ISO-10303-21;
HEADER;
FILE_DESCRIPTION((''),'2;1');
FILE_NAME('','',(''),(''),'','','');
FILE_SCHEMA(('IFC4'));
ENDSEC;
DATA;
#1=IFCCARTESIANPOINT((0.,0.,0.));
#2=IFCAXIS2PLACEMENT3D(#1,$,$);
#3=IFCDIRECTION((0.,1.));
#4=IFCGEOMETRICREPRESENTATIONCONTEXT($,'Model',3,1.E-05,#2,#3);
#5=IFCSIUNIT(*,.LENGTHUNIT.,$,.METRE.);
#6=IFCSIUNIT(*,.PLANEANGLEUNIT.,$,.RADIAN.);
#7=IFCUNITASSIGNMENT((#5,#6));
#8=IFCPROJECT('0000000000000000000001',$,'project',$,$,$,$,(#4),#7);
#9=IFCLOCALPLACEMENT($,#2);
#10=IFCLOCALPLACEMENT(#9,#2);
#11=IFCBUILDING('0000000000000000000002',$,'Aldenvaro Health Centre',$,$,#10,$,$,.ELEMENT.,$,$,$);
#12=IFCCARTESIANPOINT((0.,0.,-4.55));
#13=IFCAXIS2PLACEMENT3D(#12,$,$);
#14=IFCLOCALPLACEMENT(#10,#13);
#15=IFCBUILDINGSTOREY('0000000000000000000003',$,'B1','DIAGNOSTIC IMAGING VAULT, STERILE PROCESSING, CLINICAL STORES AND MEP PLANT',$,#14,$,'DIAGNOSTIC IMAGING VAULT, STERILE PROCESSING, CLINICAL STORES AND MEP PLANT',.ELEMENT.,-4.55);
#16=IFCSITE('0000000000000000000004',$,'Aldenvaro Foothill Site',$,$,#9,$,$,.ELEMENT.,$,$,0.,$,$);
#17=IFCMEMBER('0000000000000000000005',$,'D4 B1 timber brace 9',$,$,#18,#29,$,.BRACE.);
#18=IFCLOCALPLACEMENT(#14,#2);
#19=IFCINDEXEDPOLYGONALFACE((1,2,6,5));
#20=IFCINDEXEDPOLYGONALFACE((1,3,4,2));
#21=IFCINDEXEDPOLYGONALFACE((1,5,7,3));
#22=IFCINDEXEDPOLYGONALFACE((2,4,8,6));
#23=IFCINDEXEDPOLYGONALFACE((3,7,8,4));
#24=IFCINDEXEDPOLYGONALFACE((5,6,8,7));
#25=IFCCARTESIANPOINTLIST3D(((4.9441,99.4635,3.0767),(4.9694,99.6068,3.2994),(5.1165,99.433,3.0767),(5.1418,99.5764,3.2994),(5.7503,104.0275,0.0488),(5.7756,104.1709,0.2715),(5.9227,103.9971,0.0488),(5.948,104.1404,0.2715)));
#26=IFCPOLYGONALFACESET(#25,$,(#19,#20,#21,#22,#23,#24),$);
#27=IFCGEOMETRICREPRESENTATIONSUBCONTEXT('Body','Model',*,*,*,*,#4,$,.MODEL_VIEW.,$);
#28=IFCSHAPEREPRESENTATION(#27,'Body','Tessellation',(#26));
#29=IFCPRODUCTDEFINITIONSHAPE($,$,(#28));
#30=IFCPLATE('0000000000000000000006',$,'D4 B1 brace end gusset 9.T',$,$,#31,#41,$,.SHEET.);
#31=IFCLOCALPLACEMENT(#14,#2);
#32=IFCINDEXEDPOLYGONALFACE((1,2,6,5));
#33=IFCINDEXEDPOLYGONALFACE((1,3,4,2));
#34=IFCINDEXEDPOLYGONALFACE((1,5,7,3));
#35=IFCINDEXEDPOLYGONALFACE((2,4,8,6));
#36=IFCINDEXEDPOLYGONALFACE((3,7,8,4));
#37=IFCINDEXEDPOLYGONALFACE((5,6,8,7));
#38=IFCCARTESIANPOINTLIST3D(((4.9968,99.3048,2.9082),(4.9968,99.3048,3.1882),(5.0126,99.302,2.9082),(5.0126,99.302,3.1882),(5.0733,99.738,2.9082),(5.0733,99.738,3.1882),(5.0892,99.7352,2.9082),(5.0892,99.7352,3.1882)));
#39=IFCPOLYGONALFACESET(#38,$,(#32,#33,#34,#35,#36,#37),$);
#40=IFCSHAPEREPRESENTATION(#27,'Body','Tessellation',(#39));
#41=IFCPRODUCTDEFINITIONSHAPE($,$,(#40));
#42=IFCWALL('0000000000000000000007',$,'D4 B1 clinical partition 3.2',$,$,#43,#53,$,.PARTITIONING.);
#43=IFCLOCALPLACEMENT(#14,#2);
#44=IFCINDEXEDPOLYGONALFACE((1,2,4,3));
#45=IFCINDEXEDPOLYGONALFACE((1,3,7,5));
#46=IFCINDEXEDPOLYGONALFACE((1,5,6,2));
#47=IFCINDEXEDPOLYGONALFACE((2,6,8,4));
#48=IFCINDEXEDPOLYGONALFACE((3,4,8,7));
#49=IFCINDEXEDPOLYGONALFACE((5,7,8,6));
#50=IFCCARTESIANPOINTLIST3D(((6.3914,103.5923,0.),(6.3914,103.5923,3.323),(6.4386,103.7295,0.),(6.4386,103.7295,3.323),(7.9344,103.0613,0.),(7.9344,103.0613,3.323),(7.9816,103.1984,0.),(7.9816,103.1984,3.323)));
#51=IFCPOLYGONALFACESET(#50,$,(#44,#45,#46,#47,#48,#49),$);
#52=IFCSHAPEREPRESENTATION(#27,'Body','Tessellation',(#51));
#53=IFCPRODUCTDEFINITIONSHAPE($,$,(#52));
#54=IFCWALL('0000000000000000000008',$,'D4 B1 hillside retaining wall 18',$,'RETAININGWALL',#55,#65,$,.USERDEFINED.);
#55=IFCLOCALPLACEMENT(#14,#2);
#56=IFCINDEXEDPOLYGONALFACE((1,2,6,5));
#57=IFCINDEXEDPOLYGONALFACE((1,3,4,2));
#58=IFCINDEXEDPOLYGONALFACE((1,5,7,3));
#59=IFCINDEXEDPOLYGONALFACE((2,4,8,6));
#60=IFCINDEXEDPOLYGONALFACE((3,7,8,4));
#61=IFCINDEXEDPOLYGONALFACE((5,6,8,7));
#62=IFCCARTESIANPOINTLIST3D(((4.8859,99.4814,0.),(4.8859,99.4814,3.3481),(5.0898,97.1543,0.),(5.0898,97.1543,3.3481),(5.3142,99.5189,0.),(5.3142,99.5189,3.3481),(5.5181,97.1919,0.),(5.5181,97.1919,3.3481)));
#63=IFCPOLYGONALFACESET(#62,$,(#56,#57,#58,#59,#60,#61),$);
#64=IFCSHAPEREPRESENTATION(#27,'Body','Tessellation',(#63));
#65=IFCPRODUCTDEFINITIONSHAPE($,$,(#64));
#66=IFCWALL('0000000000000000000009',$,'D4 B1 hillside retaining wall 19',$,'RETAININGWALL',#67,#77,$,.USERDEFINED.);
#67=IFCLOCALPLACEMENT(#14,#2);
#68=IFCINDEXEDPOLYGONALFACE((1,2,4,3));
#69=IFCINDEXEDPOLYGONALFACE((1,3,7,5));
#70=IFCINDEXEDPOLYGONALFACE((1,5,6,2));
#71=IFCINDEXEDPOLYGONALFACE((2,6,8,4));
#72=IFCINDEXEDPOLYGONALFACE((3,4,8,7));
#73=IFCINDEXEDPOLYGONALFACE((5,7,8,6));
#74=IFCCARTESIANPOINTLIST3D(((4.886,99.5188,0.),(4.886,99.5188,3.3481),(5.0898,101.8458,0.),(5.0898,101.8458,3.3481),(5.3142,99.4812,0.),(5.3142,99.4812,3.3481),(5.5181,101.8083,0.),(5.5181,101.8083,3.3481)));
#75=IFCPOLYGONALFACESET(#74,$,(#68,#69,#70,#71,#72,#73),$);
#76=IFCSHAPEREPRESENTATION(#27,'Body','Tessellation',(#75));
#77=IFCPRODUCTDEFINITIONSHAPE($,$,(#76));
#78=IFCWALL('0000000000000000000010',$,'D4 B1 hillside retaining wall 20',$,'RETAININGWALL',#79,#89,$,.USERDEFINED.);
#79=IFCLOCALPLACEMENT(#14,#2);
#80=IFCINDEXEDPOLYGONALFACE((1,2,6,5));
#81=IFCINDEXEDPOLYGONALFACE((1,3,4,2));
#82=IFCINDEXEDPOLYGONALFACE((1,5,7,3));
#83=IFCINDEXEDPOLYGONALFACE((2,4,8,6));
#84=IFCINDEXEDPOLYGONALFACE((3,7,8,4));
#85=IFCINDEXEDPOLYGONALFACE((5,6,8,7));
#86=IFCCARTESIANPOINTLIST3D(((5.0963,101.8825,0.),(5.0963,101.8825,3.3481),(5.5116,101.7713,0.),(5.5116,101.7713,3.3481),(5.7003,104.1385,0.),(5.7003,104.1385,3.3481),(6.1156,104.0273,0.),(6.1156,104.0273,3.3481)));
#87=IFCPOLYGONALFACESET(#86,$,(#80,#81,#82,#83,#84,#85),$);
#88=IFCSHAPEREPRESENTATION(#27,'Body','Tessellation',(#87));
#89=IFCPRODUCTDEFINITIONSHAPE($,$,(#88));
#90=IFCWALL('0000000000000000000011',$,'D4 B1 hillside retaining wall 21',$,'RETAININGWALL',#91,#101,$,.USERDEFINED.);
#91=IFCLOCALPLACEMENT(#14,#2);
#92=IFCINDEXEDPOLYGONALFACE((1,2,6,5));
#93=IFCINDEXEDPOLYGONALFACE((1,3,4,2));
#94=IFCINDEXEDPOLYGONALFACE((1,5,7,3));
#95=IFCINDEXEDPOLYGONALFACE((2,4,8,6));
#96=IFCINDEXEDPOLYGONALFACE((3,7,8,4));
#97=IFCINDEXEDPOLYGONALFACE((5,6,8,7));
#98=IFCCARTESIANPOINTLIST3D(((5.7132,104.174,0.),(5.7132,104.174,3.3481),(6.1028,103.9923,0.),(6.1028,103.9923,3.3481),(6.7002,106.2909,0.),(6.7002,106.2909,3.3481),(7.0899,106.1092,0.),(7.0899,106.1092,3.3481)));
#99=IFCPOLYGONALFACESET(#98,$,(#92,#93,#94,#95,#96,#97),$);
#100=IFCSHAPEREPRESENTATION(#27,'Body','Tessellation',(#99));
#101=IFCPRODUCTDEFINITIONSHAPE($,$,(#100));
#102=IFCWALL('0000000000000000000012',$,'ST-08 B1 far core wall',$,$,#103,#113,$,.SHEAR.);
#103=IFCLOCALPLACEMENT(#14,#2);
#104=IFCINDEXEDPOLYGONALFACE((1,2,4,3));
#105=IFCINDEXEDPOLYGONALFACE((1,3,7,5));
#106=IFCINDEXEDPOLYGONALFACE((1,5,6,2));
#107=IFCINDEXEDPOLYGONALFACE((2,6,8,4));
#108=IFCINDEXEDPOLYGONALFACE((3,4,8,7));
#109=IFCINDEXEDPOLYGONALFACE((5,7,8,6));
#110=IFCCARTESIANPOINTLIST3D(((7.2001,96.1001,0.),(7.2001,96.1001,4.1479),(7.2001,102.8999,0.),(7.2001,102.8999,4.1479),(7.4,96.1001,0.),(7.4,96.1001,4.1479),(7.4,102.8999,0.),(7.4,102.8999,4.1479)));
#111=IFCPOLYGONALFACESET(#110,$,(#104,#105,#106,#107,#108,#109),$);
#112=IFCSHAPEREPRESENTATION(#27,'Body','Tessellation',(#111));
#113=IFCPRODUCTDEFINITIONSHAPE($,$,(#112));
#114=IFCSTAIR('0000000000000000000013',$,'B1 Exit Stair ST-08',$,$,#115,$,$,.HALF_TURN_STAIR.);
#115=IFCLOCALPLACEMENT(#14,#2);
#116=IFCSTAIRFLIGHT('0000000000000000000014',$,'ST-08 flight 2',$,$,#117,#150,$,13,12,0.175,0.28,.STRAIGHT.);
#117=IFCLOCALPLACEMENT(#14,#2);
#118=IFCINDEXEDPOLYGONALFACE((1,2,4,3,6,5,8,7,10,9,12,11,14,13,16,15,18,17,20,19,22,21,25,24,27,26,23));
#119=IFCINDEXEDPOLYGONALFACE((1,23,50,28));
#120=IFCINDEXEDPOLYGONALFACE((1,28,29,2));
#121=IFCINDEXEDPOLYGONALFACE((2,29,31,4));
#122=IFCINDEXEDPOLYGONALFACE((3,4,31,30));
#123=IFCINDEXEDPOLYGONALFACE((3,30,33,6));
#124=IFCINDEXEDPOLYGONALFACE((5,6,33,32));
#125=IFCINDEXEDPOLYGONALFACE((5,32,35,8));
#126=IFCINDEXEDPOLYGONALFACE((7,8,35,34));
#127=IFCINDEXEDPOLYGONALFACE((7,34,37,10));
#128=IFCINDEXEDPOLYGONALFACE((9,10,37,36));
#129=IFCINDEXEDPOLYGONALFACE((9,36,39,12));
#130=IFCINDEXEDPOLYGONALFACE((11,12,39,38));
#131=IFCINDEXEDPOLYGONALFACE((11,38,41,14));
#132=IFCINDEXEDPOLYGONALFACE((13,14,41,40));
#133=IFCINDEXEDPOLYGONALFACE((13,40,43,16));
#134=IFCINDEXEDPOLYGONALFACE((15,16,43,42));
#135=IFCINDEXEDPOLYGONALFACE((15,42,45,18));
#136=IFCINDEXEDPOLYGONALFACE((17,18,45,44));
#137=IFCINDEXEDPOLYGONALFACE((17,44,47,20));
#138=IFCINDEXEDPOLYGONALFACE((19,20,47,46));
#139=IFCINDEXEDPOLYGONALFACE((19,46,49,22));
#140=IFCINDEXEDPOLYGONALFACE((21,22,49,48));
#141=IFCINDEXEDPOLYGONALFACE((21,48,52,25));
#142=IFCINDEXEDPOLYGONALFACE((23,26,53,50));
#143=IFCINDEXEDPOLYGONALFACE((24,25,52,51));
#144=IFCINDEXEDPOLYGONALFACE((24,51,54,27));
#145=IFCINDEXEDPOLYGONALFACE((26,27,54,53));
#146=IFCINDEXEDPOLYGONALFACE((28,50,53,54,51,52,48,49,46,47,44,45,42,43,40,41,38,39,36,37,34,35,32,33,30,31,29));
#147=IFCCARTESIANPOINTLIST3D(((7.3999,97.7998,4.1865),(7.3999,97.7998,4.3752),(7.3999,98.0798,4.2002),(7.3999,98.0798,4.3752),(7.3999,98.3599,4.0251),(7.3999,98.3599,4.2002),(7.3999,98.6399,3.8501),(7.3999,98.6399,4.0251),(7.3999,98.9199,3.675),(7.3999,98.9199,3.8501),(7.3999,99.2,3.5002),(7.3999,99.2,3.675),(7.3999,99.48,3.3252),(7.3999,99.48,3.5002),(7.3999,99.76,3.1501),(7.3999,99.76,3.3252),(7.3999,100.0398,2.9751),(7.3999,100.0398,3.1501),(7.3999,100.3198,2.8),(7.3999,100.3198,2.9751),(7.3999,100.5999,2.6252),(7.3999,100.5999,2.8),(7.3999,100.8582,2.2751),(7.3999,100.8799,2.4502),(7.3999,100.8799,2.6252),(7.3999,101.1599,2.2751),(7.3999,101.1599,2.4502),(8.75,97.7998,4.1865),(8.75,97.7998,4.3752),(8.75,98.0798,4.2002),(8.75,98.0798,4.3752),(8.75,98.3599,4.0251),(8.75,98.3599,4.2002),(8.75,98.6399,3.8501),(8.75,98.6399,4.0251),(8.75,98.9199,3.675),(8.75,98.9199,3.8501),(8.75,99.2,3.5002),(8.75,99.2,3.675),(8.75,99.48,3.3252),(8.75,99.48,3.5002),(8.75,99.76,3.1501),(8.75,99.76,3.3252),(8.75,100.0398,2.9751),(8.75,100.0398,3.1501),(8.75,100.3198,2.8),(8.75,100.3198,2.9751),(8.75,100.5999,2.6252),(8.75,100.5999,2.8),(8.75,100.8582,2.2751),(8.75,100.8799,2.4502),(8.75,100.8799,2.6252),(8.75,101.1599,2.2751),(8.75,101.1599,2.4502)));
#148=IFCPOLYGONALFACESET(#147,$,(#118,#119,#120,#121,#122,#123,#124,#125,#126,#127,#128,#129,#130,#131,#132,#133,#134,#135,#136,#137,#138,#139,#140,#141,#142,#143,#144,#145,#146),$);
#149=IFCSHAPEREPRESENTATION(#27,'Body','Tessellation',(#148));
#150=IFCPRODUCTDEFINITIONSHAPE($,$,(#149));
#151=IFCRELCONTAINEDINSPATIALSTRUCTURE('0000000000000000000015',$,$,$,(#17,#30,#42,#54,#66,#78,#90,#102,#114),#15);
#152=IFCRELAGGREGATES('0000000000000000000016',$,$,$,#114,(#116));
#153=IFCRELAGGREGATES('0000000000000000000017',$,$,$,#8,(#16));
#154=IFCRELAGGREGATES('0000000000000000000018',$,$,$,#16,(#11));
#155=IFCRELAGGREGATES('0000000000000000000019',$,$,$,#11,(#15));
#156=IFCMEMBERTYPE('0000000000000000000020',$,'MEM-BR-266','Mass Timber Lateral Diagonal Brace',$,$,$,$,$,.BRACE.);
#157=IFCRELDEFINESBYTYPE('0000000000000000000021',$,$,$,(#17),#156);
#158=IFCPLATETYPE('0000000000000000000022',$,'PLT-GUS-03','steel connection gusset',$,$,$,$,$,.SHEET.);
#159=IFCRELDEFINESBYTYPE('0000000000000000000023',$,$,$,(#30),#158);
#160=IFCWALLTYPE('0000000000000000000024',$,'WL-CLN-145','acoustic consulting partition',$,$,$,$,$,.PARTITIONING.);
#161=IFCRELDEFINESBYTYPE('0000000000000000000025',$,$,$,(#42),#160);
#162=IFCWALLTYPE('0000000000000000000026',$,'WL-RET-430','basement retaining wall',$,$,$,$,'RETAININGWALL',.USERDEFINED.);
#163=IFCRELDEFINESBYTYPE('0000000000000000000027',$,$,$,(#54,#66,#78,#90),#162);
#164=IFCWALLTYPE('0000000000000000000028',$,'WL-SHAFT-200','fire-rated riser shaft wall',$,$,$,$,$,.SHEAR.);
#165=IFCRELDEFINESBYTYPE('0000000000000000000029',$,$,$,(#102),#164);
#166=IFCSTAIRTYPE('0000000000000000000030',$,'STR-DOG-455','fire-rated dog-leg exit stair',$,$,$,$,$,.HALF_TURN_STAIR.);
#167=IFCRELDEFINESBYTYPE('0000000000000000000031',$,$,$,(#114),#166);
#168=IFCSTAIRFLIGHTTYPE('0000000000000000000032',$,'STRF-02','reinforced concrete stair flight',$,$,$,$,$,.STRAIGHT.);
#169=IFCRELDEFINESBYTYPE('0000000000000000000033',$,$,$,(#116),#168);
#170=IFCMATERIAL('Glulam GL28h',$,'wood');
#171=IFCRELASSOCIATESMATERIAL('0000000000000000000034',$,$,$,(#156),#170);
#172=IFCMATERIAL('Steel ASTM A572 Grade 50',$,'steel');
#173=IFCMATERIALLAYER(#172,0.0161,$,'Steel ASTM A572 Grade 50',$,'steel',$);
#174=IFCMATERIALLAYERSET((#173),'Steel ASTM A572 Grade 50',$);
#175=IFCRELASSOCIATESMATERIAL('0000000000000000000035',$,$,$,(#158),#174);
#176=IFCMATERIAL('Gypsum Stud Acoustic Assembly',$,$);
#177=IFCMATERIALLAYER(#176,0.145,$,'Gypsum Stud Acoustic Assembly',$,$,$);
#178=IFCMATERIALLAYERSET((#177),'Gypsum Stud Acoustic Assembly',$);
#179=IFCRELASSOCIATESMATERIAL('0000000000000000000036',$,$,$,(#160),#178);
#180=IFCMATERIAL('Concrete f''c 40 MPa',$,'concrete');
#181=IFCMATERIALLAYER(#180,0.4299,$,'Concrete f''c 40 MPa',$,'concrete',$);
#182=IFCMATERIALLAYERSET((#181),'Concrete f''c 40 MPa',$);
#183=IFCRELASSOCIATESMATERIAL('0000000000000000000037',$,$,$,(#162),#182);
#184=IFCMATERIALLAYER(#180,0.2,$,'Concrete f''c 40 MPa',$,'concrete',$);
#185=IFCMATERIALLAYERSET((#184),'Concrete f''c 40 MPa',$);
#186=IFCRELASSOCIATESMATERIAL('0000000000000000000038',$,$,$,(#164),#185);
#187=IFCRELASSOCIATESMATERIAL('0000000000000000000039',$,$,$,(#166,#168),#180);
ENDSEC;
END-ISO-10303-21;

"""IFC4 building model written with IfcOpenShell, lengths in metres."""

from ifc_helpers import new_model, si_unit, direction, frame, frame_2d, origin, origin_2d, place, context, subcontext, project, spatial, polyline, rectangle, outline, extrude, material, layer, layer_set, material_profile, profile_set, type_object, element, aggregate, save


model = new_model("IFC4")

# Units and contexts
model_context = context("Model", 3, precision=1e-05, world=origin(), true_north=direction((0.0, 1.0)))
body_context = subcontext(model_context, "Body", "Model", "MODEL_VIEW")
ifc_project = project(units=[si_unit("LENGTHUNIT", "METRE"), si_unit("PLANEANGLEUNIT", "RADIAN")], contexts=[model_context])

# Site, building, storey
site_placement = place(None, origin())
site = spatial("IfcSite", under=ifc_project, at=site_placement, Name="Aldenvaro Foothill Site", CompositionType="ELEMENT", RefElevation=0.0)
building_placement = place(site_placement, origin())
building = spatial("IfcBuilding", under=site, at=building_placement, Name="Aldenvaro Health Centre", CompositionType="ELEMENT")
storey_placement = place(building_placement, frame((0.0, 0.0, -4.55)))
storey = spatial("IfcBuildingStorey", under=building, at=storey_placement, Name="B1", Description="DIAGNOSTIC IMAGING VAULT, STERILE PROCESSING, CLINICAL STORES AND MEP PLANT", LongName="DIAGNOSTIC IMAGING VAULT, STERILE PROCESSING, CLINICAL STORES AND MEP PLANT", CompositionType="ELEMENT", Elevation=-4.55)

# Shared definitions
ifc_material_1 = material(Name="Concrete f'c 40 MPa", Category="concrete")

# Member
ifc_material_2 = material(Name="Glulam GL28h", Category="wood")
ifc_material_profile_1 = material_profile(ifc_material_2, rectangle(XDim=0.175, YDim=0.2661, at=origin_2d()), Name="GL 175x266", Category="wood")
ifc_profile_set_1 = profile_set([ifc_material_profile_1], Name="Glulam GL28h")
member_type = type_object("IfcMemberType", Name="MEM-BR-266", Description="Mass Timber Lateral Diagonal Brace", PredefinedType="BRACE", material=ifc_profile_set_1)
member_placement = place(storey_placement, frame((5.8491, 104.084, 0.1602), z_axis=(-0.14562, -0.824414, 0.546934), x_axis=(0.984756, -0.173942, 0.0)))
element("IfcMember", 1, at=member_placement, inside=storey, type_object=member_type, Name="D4 B1 timber brace 9", PredefinedType="BRACE", context=body_context, shape_type="SweptSolid", body=[
    extrude(rectangle(XDim=0.175, YDim=0.2661, at=origin_2d()), origin(), (0.0, 0.0, 1.0), 5.5361),
])

# Plate
ifc_material_3 = material(Name="Steel ASTM A572 Grade 50", Category="steel")
ifc_layer_1 = layer(ifc_material_3, 0.0161, Name="Steel ASTM A572 Grade 50", Category="steel")
ifc_layer_set_1 = layer_set([ifc_layer_1], Name="Steel ASTM A572 Grade 50")
plate_type = type_object("IfcPlateType", Name="PLT-GUS-03", Description="steel connection gusset", PredefinedType="SHEET", material=ifc_layer_set_1)
plate_placement = place(storey_placement, frame((5.043, 99.52, 2.9082), z_axis=(0.0, 0.0, 1.0), x_axis=(-0.173906, -0.984762, 0.0)))
element("IfcPlate", 2, at=plate_placement, inside=storey, type_object=plate_type, Name="D4 B1 brace end gusset 9.T", PredefinedType="SHEET", context=body_context, shape_type="SweptSolid", body=[
    extrude(rectangle(XDim=0.4399, YDim=0.0161, at=origin_2d()), origin(), (0.0, 0.0, 1.0), 0.28),
])

# Walls
ifc_material_4 = material(Name="Gypsum Stud Acoustic Assembly")
ifc_layer_2 = layer(ifc_material_4, 0.145, Name="Gypsum Stud Acoustic Assembly")
ifc_layer_set_2 = layer_set([ifc_layer_2], Name="Gypsum Stud Acoustic Assembly")
wall_type_1 = type_object("IfcWallType", Name="WL-CLN-145", Description="acoustic consulting partition", PredefinedType="PARTITIONING", material=ifc_layer_set_2)
wall_1_placement = place(storey_placement, frame((7.958, 103.1299, 0.0), z_axis=(0.0, 0.0, 1.0), x_axis=(-0.945572, 0.325414, 0.0)))
element("IfcWall", 3, at=wall_1_placement, inside=storey, type_object=wall_type_1, Name="D4 B1 clinical partition 3.2", PredefinedType="PARTITIONING", context=body_context, shape_type="SweptSolid", body=[
    extrude(rectangle(XDim=1.6318, YDim=0.145, at=frame_2d((0.8159, 0.0))), origin(), (0.0, 0.0, 1.0), 3.323),
])
ifc_layer_3 = layer(ifc_material_1, 0.4299, Name="Concrete f'c 40 MPa", Category="concrete")
ifc_layer_set_3 = layer_set([ifc_layer_3], Name="Concrete f'c 40 MPa")
wall_type_2 = type_object("IfcWallType", Name="WL-RET-430", Description="basement retaining wall", ElementType="RETAININGWALL", PredefinedType="USERDEFINED", material=ifc_layer_set_3)
for number, where, z_axis, x_axis, name in (
    (4, (5.304, 97.1731, 0.0), (0.0, 0.0, 1.0), (-0.087275, 0.996184, 0.0), "D4 B1 hillside retaining wall 18"),
    (5, (5.1001, 99.5, 0.0), (0.0, 0.0, 1.0), (0.087275, 0.996184, 0.0), "D4 B1 hillside retaining wall 19"),
):
    element("IfcWall", number, at=place(storey_placement, frame(where, z_axis=z_axis, x_axis=x_axis)), inside=storey, type_object=wall_type_2, Name=name, ObjectType="RETAININGWALL", PredefinedType="USERDEFINED", context=body_context, shape_type="SweptSolid", body=[
        extrude(rectangle(XDim=2.3359, YDim=0.4299, at=frame_2d((1.168, 0.0))), origin(), (0.0, 0.0, 1.0), 3.3481),
    ])
wall_2_placement = place(storey_placement, frame((5.304, 101.8269, 0.0), z_axis=(0.0, 0.0, 1.0), x_axis=(0.258612, 0.965981, 0.0)))
element("IfcWall", 6, at=wall_2_placement, inside=storey, type_object=wall_type_2, Name="D4 B1 hillside retaining wall 20", ObjectType="RETAININGWALL", PredefinedType="USERDEFINED", context=body_context, shape_type="SweptSolid", body=[
    extrude(rectangle(XDim=2.3354, YDim=0.4299, at=frame_2d((1.1677, 0.0))), origin(), (0.0, 0.0, 1.0), 3.3481),
])
wall_3_placement = place(storey_placement, frame((5.908, 104.083, 0.0), z_axis=(0.0, 0.0, 1.0), x_axis=(0.422588, 0.906322, 0.0)))
element("IfcWall", 7, at=wall_3_placement, inside=storey, type_object=wall_type_2, Name="D4 B1 hillside retaining wall 21", ObjectType="RETAININGWALL", PredefinedType="USERDEFINED", context=body_context, shape_type="SweptSolid", body=[
    extrude(rectangle(XDim=2.3357, YDim=0.4299, at=frame_2d((1.168, 0.0))), origin(), (0.0, 0.0, 1.0), 3.3481),
])
ifc_layer_4 = layer(ifc_material_1, 0.2, Name="Concrete f'c 40 MPa", Category="concrete")
ifc_layer_set_4 = layer_set([ifc_layer_4], Name="Concrete f'c 40 MPa")
wall_type_3 = type_object("IfcWallType", Name="WL-SHAFT-200", Description="fire-rated riser shaft wall", PredefinedType="SHEAR", material=ifc_layer_set_4)
wall_4_placement = place(storey_placement, frame((7.3, 96.1001, 0.0), z_axis=(0.0, 0.0, 1.0), x_axis=(0.0, 1.0, 0.0)))
element("IfcWall", 8, at=wall_4_placement, inside=storey, type_object=wall_type_3, Name="ST-08 B1 far core wall", PredefinedType="SHEAR", context=body_context, shape_type="SweptSolid", body=[
    extrude(rectangle(XDim=6.7998, YDim=0.2, at=frame_2d((3.3999, 0.0))), origin(), (0.0, 0.0, 1.0), 4.1479),
])

# Stair, stair flight
stair_type = type_object("IfcStairType", Name="STR-DOG-455", Description="fire-rated dog-leg exit stair", PredefinedType="HALF_TURN_STAIR", material=ifc_material_1)
stair_placement = place(storey_placement, origin())
stair = element("IfcStair", 9, at=stair_placement, inside=storey, type_object=stair_type, Name="B1 Exit Stair ST-08", PredefinedType="HALF_TURN_STAIR")
stair_flight_type = type_object("IfcStairFlightType", Name="STRF-02", Description="reinforced concrete stair flight", PredefinedType="STRAIGHT", material=ifc_material_1)
stair_flight_placement = place(storey_placement, frame((8.075, 101.1599, 2.2751), z_axis=(0.0, 0.0, 1.0), x_axis=(0.0, -1.0, 0.0)))
stair_flight = element("IfcStairFlight", 10, at=stair_flight_placement, type_object=stair_flight_type, Name="ST-08 flight 2", NumberOfRisers=13, NumberOfTreads=12, PredefinedType="STRAIGHT", RiserHeight=0.175, TreadLength=0.28, context=body_context, shape_type="SweptSolid", body=[
    extrude(outline(polyline([(0.0, 0.0), (0.0, 0.175), (0.28, 0.175), (0.28, 0.3501), (0.5601, 0.3501), (0.5601, 0.5249), (0.8401, 0.5249), (0.8401, 0.7), (1.1201, 0.7), (1.1201, 0.875), (1.3999, 0.875), (1.3999, 1.05), (1.6799, 1.05), (1.6799, 1.2251), (1.96, 1.2251), (1.96, 1.3999), (2.24, 1.3999), (2.24, 1.575), (2.52, 1.575), (2.52, 1.75), (2.8, 1.75), (2.8, 1.925), (3.0801, 1.925), (3.0801, 2.1001), (3.3601, 2.1001), (3.3601, 2.2749), (3.3601, 1.9114), (0.3018, 0.0), (0.0, 0.0)])), frame((0.0, 0.675, 0.0), z_axis=(0.0, -1.0, 0.0), x_axis=(1.0, 0.0, 0.0)), (0.0, 0.0, 1.0), 1.3501),
])
aggregate(stair, [stair_flight])

save(model, "model.ifc")
